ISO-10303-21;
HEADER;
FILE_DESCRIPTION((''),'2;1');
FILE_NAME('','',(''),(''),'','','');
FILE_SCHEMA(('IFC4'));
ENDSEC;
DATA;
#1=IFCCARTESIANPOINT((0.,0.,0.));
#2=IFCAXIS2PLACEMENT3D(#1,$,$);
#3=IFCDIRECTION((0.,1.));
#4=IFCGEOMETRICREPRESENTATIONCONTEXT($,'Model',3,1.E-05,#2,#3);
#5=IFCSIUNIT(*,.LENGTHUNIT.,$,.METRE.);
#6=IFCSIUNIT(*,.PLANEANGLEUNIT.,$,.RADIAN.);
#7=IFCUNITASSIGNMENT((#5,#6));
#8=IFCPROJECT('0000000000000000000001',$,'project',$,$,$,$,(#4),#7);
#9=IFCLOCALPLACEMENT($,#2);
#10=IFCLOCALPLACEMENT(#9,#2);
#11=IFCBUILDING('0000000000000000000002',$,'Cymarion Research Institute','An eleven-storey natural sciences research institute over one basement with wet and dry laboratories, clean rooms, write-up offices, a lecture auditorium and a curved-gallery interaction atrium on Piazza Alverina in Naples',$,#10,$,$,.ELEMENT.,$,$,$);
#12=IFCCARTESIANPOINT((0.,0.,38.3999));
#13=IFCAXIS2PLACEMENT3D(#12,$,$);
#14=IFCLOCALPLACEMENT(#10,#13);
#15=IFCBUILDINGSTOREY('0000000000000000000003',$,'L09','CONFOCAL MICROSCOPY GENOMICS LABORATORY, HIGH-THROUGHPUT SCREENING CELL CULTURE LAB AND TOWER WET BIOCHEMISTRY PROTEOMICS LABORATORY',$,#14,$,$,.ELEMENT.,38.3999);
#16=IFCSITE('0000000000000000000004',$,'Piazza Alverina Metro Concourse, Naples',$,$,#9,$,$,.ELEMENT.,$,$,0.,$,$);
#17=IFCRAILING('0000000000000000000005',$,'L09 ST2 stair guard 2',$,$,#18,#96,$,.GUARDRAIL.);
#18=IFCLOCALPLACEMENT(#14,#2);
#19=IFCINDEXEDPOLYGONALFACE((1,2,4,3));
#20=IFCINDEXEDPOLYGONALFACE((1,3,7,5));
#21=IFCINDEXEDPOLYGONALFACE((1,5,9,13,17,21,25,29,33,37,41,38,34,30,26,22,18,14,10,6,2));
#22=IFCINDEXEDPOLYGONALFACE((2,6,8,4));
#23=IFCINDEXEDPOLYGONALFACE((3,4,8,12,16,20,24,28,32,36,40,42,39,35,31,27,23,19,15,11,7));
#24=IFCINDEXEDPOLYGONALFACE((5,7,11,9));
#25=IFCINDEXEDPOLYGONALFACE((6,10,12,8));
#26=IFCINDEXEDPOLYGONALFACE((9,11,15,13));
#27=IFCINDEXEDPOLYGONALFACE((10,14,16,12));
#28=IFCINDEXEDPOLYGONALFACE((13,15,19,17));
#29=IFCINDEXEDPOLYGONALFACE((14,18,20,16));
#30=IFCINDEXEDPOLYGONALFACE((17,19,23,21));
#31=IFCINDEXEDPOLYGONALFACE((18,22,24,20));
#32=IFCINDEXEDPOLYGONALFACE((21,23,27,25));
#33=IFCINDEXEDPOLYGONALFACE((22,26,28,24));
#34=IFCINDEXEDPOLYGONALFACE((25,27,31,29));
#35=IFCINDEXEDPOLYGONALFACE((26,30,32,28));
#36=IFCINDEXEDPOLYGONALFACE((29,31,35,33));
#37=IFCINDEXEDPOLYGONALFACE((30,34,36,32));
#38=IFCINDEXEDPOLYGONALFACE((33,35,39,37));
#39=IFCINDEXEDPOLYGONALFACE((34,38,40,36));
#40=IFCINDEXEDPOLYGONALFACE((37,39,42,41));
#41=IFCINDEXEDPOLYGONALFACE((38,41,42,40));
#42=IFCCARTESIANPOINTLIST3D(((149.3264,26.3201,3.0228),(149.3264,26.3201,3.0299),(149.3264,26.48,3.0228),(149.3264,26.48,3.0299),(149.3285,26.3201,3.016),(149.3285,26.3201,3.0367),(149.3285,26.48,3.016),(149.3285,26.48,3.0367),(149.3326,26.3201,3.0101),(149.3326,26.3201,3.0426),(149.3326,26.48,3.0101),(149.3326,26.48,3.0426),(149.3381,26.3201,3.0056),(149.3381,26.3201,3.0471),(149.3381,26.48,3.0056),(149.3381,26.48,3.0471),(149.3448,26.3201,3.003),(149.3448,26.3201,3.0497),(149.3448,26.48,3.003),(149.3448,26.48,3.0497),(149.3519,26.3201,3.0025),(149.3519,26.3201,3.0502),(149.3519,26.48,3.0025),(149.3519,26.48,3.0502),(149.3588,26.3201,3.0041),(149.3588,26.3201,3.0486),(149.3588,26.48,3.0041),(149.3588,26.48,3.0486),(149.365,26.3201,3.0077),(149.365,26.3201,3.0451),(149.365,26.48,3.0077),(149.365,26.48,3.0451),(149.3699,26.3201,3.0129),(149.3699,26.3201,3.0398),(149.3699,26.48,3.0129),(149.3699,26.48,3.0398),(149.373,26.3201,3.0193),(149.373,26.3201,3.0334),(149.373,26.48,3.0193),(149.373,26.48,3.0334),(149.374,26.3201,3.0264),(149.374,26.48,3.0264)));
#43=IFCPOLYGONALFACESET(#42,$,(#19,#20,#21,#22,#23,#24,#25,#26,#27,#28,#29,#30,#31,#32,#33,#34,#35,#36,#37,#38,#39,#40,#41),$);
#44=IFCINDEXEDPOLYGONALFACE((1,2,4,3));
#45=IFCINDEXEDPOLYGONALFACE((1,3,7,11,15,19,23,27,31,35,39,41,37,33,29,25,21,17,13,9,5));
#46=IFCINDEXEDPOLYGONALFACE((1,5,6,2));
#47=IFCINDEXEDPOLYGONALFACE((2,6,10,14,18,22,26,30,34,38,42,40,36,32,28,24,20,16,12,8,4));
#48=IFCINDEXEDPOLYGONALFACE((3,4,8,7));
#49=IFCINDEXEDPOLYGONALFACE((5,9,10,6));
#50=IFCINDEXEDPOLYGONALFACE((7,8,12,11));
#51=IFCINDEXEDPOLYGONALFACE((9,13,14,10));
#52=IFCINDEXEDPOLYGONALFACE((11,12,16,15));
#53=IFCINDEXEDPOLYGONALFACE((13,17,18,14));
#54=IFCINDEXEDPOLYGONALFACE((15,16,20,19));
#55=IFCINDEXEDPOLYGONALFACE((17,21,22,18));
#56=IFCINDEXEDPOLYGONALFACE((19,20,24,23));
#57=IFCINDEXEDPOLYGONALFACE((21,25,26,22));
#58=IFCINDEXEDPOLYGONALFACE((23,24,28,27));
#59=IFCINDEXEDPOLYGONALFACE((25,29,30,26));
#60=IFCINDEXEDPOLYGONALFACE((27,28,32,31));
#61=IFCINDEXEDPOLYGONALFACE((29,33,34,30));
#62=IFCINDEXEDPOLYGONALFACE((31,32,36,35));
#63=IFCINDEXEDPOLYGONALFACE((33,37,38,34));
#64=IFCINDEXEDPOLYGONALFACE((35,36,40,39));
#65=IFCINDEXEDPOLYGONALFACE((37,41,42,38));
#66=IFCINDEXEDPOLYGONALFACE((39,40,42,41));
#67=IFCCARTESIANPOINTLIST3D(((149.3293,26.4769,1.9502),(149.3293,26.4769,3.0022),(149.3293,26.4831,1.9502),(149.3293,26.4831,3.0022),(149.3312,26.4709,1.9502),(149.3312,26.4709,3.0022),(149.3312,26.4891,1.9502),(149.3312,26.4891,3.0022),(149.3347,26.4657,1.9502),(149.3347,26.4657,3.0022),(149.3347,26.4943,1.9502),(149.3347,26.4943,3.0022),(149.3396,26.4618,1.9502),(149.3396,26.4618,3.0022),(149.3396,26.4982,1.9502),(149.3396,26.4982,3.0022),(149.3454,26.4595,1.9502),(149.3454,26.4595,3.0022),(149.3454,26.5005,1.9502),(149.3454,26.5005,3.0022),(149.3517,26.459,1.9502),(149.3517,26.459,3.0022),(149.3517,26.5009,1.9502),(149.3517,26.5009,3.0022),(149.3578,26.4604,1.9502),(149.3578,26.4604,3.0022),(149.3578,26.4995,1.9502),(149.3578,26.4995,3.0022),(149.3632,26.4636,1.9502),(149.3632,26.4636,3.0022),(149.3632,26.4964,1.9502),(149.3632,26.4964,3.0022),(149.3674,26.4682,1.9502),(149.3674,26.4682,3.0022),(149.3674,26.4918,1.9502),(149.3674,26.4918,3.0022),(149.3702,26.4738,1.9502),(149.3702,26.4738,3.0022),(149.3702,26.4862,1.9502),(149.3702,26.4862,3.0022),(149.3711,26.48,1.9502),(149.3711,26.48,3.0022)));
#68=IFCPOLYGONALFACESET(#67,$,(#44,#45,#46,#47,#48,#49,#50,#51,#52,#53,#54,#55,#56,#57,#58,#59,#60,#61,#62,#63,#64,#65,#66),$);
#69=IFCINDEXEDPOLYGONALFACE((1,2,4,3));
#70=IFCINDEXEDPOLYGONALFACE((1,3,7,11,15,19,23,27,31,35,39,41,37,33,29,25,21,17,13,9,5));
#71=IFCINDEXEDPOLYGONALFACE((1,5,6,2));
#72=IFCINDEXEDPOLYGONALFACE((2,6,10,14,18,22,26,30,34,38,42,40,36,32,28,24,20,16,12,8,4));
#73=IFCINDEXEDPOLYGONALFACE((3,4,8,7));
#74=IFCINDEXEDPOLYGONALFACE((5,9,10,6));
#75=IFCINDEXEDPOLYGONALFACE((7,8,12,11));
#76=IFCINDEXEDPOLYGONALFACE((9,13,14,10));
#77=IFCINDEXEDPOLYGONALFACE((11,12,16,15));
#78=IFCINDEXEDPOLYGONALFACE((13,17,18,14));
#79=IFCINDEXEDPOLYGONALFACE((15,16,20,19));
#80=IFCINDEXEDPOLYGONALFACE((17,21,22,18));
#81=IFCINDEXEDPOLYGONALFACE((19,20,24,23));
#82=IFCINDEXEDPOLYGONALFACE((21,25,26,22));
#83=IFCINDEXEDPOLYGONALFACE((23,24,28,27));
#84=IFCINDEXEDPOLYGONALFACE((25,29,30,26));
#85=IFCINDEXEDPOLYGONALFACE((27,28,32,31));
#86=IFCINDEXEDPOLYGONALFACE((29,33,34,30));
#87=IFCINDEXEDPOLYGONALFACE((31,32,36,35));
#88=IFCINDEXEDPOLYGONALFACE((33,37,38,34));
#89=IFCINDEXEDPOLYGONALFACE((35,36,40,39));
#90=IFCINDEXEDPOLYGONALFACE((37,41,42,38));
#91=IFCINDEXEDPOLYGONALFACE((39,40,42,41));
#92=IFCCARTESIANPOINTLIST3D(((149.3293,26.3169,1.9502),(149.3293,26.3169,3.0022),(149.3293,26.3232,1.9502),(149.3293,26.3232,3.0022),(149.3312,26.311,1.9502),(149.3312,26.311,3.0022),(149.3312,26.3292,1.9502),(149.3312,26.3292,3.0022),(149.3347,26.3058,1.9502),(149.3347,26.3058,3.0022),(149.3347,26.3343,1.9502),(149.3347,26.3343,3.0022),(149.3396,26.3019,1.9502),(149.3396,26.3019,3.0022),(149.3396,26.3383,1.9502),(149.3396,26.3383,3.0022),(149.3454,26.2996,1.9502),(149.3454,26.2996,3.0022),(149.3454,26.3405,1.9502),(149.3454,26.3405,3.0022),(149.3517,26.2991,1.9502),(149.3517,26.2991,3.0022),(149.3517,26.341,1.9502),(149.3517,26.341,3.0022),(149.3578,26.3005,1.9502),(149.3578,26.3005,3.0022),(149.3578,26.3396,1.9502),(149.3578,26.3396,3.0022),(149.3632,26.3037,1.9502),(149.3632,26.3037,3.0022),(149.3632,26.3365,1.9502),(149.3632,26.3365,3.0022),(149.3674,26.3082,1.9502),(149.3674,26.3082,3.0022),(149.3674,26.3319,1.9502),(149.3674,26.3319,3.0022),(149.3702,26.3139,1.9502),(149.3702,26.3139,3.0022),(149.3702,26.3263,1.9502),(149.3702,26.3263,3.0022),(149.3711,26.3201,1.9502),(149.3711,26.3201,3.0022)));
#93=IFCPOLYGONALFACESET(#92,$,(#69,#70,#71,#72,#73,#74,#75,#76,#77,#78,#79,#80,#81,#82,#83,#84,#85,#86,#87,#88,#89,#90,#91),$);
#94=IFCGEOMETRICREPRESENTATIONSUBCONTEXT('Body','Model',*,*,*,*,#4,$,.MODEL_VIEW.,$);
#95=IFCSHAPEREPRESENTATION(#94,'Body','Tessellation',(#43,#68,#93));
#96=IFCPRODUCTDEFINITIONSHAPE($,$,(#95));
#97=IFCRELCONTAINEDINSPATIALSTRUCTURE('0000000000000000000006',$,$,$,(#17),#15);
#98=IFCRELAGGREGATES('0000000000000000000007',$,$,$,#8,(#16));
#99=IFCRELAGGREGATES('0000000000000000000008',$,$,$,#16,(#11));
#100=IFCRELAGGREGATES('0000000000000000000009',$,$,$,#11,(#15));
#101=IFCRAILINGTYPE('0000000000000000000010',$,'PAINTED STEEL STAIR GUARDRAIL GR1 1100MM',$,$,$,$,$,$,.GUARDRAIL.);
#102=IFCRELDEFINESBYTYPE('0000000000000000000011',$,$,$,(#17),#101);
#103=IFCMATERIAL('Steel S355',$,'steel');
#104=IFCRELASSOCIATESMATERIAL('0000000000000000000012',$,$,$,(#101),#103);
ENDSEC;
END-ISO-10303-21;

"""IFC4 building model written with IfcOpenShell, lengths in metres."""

from ifc_helpers import new_model, si_unit, direction, frame, origin, origin_2d, place, context, subcontext, project, spatial, circle, extrude, material, type_object, element, save


model = new_model("IFC4")

# Units and contexts
model_context = context("Model", 3, precision=1e-05, world=origin(), true_north=direction((0.0, 1.0)))
body_context = subcontext(model_context, "Body", "Model", "MODEL_VIEW")
ifc_project = project(units=[si_unit("LENGTHUNIT", "METRE"), si_unit("PLANEANGLEUNIT", "RADIAN")], contexts=[model_context])

# Site, building, storey
site_placement = place(None, origin())
site = spatial("IfcSite", under=ifc_project, at=site_placement, Name="Piazza Alverina Metro Concourse, Naples", CompositionType="ELEMENT", RefElevation=0.0)
building_placement = place(site_placement, origin())
building = spatial("IfcBuilding", under=site, at=building_placement, Name="Cymarion Research Institute", Description="An eleven-storey natural sciences research institute over one basement with wet and dry laboratories, clean rooms, write-up offices, a lecture auditorium and a curved-gallery interaction atrium on Piazza Alverina in Naples", CompositionType="ELEMENT")
storey_placement = place(building_placement, frame((0.0, 0.0, 38.3999)))
storey = spatial("IfcBuildingStorey", under=building, at=storey_placement, Name="L09", Description="CONFOCAL MICROSCOPY GENOMICS LABORATORY, HIGH-THROUGHPUT SCREENING CELL CULTURE LAB AND TOWER WET BIOCHEMISTRY PROTEOMICS LABORATORY", CompositionType="ELEMENT", Elevation=38.3999)

# Shared definitions
ifc_material_1 = material(Name="Steel S355", Category="steel")

# Railing
railing_type_1 = type_object("IfcRailingType", Name="PAINTED STEEL STAIR GUARDRAIL GR1 1100MM", PredefinedType="GUARDRAIL", material=ifc_material_1)
railing_1_placement = place(storey_placement, frame((149.3501, 26.48, 1.9502)))
element("IfcRailing", 1, at=railing_1_placement, inside=storey, type_object=railing_type_1, Name="L09 ST2 stair guard 2", PredefinedType="GUARDRAIL", context=body_context, shape_type="SweptSolid", body=[
    extrude(circle(Radius=0.0239, at=origin_2d()), frame((0.0, 0.0, 1.0762), z_axis=(0.0, -1.0, 0.0), x_axis=(1.0, 0.0, 0.0)), (0.0, 0.0, 1.0), 0.1599),
    extrude(circle(Radius=0.021, at=origin_2d()), origin(), (0.0, 0.0, 1.0), 1.052),
    extrude(circle(Radius=0.021, at=origin_2d()), frame((0.0, -0.1599, 0.0)), (0.0, 0.0, 1.0), 1.052),
])

save(model, "model.ifc")
